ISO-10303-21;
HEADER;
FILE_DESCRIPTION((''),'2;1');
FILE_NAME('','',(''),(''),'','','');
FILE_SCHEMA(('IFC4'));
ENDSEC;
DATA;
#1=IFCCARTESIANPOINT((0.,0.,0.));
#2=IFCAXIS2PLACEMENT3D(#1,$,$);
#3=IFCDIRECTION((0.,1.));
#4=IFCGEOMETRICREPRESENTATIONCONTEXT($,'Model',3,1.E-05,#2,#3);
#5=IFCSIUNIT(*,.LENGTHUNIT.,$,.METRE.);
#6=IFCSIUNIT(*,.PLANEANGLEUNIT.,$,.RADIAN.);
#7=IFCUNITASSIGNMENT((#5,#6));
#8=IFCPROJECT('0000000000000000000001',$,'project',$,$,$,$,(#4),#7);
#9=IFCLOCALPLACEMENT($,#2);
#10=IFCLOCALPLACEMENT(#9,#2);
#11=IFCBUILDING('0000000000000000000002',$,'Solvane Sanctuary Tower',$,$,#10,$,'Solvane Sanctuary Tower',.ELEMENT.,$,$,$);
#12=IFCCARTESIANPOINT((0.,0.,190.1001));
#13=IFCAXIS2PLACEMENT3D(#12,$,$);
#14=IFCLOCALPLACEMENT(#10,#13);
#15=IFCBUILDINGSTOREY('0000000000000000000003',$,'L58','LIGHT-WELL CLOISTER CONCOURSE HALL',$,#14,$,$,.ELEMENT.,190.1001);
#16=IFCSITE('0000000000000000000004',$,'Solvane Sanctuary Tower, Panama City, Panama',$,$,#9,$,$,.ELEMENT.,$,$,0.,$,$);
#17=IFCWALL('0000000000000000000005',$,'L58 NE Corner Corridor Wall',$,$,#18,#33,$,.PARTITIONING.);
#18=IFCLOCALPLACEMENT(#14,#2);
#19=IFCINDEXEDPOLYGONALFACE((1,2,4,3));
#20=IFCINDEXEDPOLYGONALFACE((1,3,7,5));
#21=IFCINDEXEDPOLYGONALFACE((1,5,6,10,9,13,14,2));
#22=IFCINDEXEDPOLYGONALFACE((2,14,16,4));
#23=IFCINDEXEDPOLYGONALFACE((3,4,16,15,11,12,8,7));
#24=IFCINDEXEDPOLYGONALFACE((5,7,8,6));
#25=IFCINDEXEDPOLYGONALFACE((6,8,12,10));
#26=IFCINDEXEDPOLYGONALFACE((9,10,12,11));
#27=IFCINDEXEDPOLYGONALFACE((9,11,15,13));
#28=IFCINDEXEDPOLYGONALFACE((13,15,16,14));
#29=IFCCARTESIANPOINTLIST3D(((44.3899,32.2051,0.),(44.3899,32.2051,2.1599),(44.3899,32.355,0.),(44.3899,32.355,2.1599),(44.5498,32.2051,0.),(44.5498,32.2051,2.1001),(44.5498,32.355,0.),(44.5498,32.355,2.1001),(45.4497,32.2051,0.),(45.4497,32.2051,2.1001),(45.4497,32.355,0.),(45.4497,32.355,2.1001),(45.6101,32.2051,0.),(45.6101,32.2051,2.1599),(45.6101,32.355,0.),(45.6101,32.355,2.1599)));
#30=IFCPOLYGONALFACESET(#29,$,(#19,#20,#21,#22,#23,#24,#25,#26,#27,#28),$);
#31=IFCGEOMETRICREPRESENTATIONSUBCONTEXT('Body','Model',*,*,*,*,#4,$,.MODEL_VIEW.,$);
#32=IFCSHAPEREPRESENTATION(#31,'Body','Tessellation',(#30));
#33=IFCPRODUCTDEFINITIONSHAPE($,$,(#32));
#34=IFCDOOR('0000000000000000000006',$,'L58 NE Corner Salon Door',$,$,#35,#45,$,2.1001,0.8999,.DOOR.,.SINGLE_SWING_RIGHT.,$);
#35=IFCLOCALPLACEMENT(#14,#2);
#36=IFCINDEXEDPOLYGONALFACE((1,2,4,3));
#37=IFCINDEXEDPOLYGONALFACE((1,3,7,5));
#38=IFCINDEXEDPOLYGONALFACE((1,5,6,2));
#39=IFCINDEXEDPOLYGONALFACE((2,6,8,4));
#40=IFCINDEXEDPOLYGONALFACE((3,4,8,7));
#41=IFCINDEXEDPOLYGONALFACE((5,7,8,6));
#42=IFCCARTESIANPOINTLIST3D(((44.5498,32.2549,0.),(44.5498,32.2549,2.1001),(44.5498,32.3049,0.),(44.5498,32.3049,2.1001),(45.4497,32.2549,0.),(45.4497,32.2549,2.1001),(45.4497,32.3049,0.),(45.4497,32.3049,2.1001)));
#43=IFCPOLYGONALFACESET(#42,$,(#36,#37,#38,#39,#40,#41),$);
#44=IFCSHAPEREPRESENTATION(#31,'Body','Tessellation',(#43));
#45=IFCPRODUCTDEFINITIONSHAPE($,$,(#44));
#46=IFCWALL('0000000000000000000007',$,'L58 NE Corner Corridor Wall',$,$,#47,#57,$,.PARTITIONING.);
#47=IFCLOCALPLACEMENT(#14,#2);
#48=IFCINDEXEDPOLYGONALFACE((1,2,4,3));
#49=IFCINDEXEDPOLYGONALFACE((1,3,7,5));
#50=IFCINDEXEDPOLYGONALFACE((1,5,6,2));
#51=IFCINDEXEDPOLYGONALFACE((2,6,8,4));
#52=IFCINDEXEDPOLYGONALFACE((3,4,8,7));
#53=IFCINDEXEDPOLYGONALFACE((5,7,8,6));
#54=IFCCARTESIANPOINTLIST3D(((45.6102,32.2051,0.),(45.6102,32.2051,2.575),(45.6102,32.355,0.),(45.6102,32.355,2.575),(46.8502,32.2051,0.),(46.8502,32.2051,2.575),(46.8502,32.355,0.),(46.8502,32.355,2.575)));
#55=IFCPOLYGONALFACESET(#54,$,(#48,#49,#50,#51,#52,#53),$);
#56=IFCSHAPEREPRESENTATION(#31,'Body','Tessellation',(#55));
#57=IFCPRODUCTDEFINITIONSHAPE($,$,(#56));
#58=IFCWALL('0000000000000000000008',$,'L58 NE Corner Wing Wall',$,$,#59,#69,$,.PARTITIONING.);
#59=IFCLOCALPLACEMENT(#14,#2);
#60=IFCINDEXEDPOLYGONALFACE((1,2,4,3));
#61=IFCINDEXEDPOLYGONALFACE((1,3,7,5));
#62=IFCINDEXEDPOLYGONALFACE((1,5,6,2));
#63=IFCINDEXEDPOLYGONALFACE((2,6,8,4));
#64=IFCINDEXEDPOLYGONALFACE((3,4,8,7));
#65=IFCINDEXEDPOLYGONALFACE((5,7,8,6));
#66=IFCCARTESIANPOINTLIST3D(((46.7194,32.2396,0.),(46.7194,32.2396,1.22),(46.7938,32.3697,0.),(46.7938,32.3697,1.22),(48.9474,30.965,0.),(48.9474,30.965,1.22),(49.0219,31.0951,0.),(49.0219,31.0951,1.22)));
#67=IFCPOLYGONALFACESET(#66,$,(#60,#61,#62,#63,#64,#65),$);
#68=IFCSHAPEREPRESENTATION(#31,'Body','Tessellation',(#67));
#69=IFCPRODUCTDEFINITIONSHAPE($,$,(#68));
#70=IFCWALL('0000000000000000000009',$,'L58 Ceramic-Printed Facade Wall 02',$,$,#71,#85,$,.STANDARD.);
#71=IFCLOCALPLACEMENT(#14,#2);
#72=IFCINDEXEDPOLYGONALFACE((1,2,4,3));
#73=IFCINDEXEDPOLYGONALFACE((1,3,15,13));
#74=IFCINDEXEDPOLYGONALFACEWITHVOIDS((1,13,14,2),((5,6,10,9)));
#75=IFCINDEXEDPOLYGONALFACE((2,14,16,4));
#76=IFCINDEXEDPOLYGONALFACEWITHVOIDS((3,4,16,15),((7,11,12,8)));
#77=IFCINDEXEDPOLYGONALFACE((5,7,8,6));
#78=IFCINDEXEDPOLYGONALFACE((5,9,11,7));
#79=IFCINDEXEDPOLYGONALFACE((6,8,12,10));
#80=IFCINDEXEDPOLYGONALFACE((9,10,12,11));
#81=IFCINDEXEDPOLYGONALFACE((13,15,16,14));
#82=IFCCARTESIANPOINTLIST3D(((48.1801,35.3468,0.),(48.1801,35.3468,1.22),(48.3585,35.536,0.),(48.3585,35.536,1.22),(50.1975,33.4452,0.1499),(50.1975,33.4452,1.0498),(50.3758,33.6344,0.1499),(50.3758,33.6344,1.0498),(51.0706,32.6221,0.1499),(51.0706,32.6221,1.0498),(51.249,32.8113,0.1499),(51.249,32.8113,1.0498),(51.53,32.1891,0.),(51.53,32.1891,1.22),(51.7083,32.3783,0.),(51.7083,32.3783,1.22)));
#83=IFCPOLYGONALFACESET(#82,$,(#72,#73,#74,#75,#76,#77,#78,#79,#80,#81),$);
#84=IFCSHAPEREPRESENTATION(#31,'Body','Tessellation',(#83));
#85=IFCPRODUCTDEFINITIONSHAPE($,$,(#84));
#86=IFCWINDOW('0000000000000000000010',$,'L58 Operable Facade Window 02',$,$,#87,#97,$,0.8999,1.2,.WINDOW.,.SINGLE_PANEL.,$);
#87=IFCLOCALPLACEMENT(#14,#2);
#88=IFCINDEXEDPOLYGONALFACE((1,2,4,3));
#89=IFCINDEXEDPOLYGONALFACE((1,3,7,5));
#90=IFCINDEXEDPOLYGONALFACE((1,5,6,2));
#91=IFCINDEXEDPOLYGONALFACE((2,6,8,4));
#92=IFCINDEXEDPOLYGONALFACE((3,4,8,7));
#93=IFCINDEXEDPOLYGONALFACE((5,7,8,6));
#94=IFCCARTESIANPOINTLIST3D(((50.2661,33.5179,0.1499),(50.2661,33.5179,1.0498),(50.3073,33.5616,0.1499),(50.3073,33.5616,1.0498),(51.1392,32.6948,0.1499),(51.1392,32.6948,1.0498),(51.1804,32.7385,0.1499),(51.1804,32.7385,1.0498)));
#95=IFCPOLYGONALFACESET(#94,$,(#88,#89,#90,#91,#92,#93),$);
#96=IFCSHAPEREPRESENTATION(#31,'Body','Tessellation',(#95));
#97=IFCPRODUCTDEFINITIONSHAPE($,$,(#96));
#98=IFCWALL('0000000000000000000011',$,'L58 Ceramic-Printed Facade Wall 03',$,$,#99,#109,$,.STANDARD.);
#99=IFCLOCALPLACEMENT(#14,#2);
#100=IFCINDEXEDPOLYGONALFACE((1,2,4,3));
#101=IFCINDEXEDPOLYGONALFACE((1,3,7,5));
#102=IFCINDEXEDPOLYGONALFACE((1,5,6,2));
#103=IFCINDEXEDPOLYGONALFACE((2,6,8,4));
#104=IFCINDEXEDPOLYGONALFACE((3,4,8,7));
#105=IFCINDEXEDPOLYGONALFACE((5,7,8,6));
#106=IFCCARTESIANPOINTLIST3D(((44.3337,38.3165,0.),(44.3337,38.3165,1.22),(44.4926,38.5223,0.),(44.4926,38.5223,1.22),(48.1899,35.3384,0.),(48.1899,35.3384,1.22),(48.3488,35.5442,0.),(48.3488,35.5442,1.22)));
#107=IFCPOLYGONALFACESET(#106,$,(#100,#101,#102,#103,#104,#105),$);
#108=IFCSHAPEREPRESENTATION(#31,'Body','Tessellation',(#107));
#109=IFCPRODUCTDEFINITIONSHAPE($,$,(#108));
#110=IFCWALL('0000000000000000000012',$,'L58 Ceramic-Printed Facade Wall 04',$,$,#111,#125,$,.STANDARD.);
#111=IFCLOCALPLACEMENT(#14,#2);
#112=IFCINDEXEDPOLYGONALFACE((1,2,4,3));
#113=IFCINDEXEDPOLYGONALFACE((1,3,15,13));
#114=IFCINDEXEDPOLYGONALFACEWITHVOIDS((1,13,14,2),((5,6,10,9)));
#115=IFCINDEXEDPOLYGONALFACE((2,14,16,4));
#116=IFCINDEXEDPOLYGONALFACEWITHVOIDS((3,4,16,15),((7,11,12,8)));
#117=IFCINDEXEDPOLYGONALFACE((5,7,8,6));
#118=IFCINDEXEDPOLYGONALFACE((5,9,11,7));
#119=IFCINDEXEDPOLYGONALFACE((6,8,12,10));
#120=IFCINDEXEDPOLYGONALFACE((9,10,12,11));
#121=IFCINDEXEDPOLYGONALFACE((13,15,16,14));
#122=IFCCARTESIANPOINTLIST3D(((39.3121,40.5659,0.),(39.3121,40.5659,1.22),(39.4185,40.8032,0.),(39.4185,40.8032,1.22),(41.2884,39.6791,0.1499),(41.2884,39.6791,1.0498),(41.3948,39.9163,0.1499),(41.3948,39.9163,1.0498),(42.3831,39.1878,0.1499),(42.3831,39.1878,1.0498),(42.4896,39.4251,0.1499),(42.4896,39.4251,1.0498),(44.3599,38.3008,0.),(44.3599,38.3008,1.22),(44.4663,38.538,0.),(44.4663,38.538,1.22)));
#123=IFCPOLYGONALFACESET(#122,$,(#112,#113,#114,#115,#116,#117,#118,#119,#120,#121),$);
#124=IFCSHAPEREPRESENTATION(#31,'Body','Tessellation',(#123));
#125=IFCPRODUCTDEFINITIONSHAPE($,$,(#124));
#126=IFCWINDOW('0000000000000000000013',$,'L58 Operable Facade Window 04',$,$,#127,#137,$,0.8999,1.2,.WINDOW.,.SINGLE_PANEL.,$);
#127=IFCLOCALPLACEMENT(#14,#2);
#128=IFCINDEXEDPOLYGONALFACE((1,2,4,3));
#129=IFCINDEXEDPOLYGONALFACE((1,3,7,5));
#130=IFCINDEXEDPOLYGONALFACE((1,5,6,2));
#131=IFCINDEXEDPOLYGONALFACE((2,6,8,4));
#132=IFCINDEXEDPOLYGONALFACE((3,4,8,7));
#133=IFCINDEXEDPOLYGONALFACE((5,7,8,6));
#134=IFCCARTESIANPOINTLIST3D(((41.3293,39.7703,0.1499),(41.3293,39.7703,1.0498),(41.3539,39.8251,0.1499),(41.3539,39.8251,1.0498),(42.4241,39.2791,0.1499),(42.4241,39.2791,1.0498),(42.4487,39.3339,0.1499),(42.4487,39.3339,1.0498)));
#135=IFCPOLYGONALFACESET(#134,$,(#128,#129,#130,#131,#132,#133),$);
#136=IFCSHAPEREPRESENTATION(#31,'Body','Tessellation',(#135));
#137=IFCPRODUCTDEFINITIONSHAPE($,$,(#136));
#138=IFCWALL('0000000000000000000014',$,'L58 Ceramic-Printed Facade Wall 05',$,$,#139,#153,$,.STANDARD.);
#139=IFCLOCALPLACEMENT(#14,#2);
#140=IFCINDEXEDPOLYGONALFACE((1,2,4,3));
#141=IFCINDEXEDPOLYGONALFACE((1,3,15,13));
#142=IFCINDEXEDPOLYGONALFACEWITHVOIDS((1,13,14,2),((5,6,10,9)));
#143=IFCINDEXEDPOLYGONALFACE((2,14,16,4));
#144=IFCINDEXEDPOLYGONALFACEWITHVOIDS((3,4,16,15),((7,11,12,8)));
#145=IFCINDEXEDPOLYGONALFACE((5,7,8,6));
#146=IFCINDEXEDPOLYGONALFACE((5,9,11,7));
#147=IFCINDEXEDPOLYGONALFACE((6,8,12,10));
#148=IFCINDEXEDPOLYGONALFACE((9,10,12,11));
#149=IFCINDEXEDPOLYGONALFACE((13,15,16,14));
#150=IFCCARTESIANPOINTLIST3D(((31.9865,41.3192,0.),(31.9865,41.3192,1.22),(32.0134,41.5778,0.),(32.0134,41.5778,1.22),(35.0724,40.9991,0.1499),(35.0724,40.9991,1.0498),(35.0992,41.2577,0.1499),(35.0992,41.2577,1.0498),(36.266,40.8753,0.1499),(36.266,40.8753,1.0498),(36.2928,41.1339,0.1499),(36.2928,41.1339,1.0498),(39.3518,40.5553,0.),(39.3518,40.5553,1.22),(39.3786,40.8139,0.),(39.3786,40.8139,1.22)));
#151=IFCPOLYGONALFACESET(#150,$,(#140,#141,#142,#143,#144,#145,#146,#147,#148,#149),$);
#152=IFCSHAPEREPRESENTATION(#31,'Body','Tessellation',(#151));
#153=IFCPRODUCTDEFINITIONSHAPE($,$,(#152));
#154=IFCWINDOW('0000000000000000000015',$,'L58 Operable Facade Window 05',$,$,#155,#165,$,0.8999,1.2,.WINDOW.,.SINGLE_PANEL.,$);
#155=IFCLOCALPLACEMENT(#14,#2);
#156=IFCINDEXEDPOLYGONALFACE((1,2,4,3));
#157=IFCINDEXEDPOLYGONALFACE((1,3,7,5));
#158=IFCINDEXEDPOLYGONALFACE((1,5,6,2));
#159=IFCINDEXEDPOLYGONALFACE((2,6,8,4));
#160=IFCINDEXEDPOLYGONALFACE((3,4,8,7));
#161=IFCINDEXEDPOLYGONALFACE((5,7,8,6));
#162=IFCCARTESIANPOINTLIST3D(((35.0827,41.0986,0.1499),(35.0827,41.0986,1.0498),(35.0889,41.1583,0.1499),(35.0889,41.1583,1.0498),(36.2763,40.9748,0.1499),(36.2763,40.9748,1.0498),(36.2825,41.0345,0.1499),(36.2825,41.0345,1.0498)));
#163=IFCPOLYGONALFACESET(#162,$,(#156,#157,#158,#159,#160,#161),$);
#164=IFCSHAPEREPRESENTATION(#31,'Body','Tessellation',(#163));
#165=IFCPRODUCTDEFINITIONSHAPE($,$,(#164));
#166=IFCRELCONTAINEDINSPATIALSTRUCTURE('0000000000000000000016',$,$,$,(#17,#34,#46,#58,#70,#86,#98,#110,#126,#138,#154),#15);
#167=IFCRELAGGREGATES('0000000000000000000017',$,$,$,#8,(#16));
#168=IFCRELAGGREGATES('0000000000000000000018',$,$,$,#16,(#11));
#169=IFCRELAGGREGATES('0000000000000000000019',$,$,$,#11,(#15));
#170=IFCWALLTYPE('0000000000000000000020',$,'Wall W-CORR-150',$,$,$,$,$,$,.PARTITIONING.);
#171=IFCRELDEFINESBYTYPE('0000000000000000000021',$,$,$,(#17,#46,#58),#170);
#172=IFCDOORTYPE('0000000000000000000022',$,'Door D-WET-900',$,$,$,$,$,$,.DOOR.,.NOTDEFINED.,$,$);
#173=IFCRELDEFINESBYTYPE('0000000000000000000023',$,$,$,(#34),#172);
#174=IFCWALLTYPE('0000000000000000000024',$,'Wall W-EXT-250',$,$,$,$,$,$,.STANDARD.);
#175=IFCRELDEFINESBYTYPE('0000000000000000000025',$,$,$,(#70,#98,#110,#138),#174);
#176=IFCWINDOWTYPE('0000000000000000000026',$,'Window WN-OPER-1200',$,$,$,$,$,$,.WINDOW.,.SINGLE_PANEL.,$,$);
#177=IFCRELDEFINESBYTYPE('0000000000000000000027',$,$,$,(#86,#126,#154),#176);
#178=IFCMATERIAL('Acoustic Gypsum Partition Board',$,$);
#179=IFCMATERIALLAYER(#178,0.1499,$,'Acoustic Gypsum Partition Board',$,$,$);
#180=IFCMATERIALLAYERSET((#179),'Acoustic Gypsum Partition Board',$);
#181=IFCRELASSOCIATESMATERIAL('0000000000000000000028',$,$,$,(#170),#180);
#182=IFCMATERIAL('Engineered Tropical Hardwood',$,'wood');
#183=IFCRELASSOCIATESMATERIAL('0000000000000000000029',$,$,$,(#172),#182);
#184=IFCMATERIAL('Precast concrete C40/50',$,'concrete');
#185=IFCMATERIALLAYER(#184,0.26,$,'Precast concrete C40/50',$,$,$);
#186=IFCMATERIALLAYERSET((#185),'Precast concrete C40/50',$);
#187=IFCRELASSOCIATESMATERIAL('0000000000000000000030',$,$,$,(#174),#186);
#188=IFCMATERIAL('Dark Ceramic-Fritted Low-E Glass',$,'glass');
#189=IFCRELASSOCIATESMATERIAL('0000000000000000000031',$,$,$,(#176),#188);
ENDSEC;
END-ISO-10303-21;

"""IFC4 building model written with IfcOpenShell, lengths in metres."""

from ifc_helpers import new_model, si_unit, direction, frame, frame_2d, origin, place, context, subcontext, project, spatial, rectangle, extrude, material, layer, layer_set, type_object, element, fill, save


model = new_model("IFC4")

# Units and contexts
model_context = context("Model", 3, precision=1e-05, world=origin(), true_north=direction((0.0, 1.0)))
body_context = subcontext(model_context, "Body", "Model", "MODEL_VIEW")
ifc_project = project(units=[si_unit("LENGTHUNIT", "METRE"), si_unit("PLANEANGLEUNIT", "RADIAN")], contexts=[model_context])

# Site, building, storey
site_placement = place(None, origin())
site = spatial("IfcSite", under=ifc_project, at=site_placement, Name="Solvane Sanctuary Tower, Panama City, Panama", CompositionType="ELEMENT", RefElevation=0.0)
building_placement = place(site_placement, origin())
building = spatial("IfcBuilding", under=site, at=building_placement, Name="Solvane Sanctuary Tower", LongName="Solvane Sanctuary Tower", CompositionType="ELEMENT")
storey_placement = place(building_placement, frame((0.0, 0.0, 190.1001)))
storey = spatial("IfcBuildingStorey", under=building, at=storey_placement, Name="L58", Description="LIGHT-WELL CLOISTER CONCOURSE HALL", CompositionType="ELEMENT", Elevation=190.1001)

# Shared definitions
ifc_material_1 = material(Name="Acoustic Gypsum Partition Board")
ifc_layer_1 = layer(ifc_material_1, 0.1499, Name="Acoustic Gypsum Partition Board")
ifc_layer_set_1 = layer_set([ifc_layer_1], Name="Acoustic Gypsum Partition Board")
wall_type_1 = type_object("IfcWallType", Name="Wall W-CORR-150", PredefinedType="PARTITIONING", material=ifc_layer_set_1)

# Wall, opening, door
wall_1_placement = place(storey_placement, frame((44.3899, 32.28, 0.0), z_axis=(0.0, 0.0, 1.0), x_axis=(1.0, 0.0, 0.0)))
wall_1 = element("IfcWall", 1, at=wall_1_placement, inside=storey, type_object=wall_type_1, Name="L58 NE Corner Corridor Wall", PredefinedType="PARTITIONING", context=body_context, shape_type="SweptSolid", body=[
    extrude(rectangle(XDim=1.2202, YDim=0.1499, at=frame_2d((0.6101, 0.0))), origin(), (0.0, 0.0, 1.0), 2.1599),
])
opening_1_placement = place(wall_1_placement, frame((0.1599, 0.0, 0.0)))
opening_1 = element("IfcOpeningElement", 2, at=opening_1_placement, cuts=wall_1, PredefinedType="OPENING", context=body_context, shape_type="SweptSolid", body=[
    extrude(rectangle(XDim=0.8999, YDim=2.1001, at=frame_2d((0.45, 1.05))), frame((0.0, 0.085, 0.0), z_axis=(0.0, -1.0, 0.0), x_axis=(1.0, 0.0, 0.0)), (0.0, 0.0, 1.0), 0.1699),
])
ifc_material_2 = material(Name="Engineered Tropical Hardwood", Category="wood")
door_type_1 = type_object("IfcDoorType", Name="Door D-WET-900", OperationType="NOTDEFINED", PredefinedType="DOOR", material=ifc_material_2)
door_1_placement = place(opening_1_placement, origin())
door_1 = element("IfcDoor", 3, at=door_1_placement, inside=storey, type_object=door_type_1, Name="L58 NE Corner Salon Door", OperationType="SINGLE_SWING_RIGHT", OverallHeight=2.1001, OverallWidth=0.8999, PredefinedType="DOOR", context=body_context, shape_type="SweptSolid", body=[
    extrude(rectangle(XDim=0.8999, YDim=2.1001, at=frame_2d((0.45, 1.05))), frame((0.0, 0.0249, 0.0), z_axis=(0.0, -1.0, 0.0), x_axis=(1.0, 0.0, 0.0)), (0.0, 0.0, 1.0), 0.05),
])
fill(opening_1, door_1)

# Walls
wall_2_placement = place(storey_placement, frame((45.6101, 32.28, 0.0), z_axis=(0.0, 0.0, 1.0), x_axis=(1.0, 0.0, 0.0)))
element("IfcWall", 4, at=wall_2_placement, inside=storey, type_object=wall_type_1, Name="L58 NE Corner Corridor Wall", PredefinedType="PARTITIONING", context=body_context, shape_type="SweptSolid", body=[
    extrude(rectangle(XDim=1.24, YDim=0.1499, at=frame_2d((0.6201, 0.0))), origin(), (0.0, 0.0, 1.0), 2.575),
])
wall_3_placement = place(storey_placement, frame((46.7566, 32.3047, 0.0), z_axis=(0.0, 0.0, 1.0), x_axis=(0.867991, -0.496579, 0.0)))
element("IfcWall", 5, at=wall_3_placement, inside=storey, type_object=wall_type_1, Name="L58 NE Corner Wing Wall", PredefinedType="PARTITIONING", context=body_context, shape_type="SweptSolid", body=[
    extrude(rectangle(XDim=2.5669, YDim=0.1499, at=frame_2d((1.2834, 0.0))), origin(), (0.0, 0.0, 1.0), 1.22),
])

# Wall, opening, window
ifc_material_3 = material(Name="Precast concrete C40/50", Category="concrete")
ifc_layer_2 = layer(ifc_material_3, 0.26, Name="Precast concrete C40/50")
ifc_layer_set_2 = layer_set([ifc_layer_2], Name="Precast concrete C40/50")
wall_type_2 = type_object("IfcWallType", Name="Wall W-EXT-250", PredefinedType="STANDARD", material=ifc_layer_set_2)
wall_4_placement = place(storey_placement, frame((51.6191, 32.2837, 0.0), z_axis=(0.0, 0.0, 1.0), x_axis=(-0.727667, 0.68593, 0.0)))
wall_4 = element("IfcWall", 6, at=wall_4_placement, inside=storey, type_object=wall_type_2, Name="L58 Ceramic-Printed Facade Wall 02", PredefinedType="STANDARD", context=body_context, shape_type="SweptSolid", body=[
    extrude(rectangle(XDim=4.6035, YDim=0.26, at=frame_2d((2.3018, 0.0))), origin(), (0.0, 0.0, 1.0), 1.22),
])
opening_2_placement = place(wall_4_placement, frame((0.6311, 0.0, 0.1499)))
opening_2 = element("IfcOpeningElement", 7, at=opening_2_placement, cuts=wall_4, PredefinedType="OPENING", context=body_context, shape_type="SweptSolid", body=[
    extrude(rectangle(XDim=1.2, YDim=0.8999, at=frame_2d((0.6001, 0.45))), frame((0.0, 0.1399, 0.0), z_axis=(0.0, -1.0, 0.0), x_axis=(1.0, 0.0, 0.0)), (0.0, 0.0, 1.0), 0.28),
])
ifc_material_4 = material(Name="Dark Ceramic-Fritted Low-E Glass", Category="glass")
window_type = type_object("IfcWindowType", Name="Window WN-OPER-1200", PartitioningType="SINGLE_PANEL", PredefinedType="WINDOW", material=ifc_material_4)
window_1_placement = place(opening_2_placement, origin())
window_1 = element("IfcWindow", 8, at=window_1_placement, inside=storey, type_object=window_type, Name="L58 Operable Facade Window 02", OverallHeight=0.8999, OverallWidth=1.2, PartitioningType="SINGLE_PANEL", PredefinedType="WINDOW", context=body_context, shape_type="SweptSolid", body=[
    extrude(rectangle(XDim=1.2, YDim=0.8999, at=frame_2d((0.6001, 0.45))), frame((0.0, 0.03, 0.0), z_axis=(0.0, -1.0, 0.0), x_axis=(1.0, 0.0, 0.0)), (0.0, 0.0, 1.0), 0.0601),
])
fill(opening_2, window_1)

# Wall
wall_5_placement = place(storey_placement, frame((48.2693, 35.4414, 0.0), z_axis=(0.0, 0.0, 1.0), x_axis=(-0.79146, 0.611221, 0.0)))
element("IfcWall", 9, at=wall_5_placement, inside=storey, type_object=wall_type_2, Name="L58 Ceramic-Printed Facade Wall 03", PredefinedType="STANDARD", context=body_context, shape_type="SweptSolid", body=[
    extrude(rectangle(XDim=4.8723, YDim=0.26, at=frame_2d((2.436, 0.0))), origin(), (0.0, 0.0, 1.0), 1.22),
])

# Walls, openings, windows
wall_6_placement = place(storey_placement, frame((44.4131, 38.4194, 0.0), z_axis=(0.0, 0.0, 1.0), x_axis=(-0.912354, 0.409403, 0.0)))
wall_6 = element("IfcWall", 10, at=wall_6_placement, inside=storey, type_object=wall_type_2, Name="L58 Ceramic-Printed Facade Wall 04", PredefinedType="STANDARD", context=body_context, shape_type="SweptSolid", body=[
    extrude(rectangle(XDim=5.5327, YDim=0.26, at=frame_2d((2.7664, 0.0))), origin(), (0.0, 0.0, 1.0), 1.22),
])
opening_3_placement = place(wall_6_placement, frame((2.1665, 0.0, 0.1499)))
opening_3 = element("IfcOpeningElement", 11, at=opening_3_placement, cuts=wall_6, PredefinedType="OPENING", context=body_context, shape_type="SweptSolid", body=[
    extrude(rectangle(XDim=1.2, YDim=0.8999, at=frame_2d((0.6001, 0.45))), frame((0.0, 0.1399, 0.0), z_axis=(0.0, -1.0, 0.0), x_axis=(1.0, 0.0, 0.0)), (0.0, 0.0, 1.0), 0.28),
])
window_2_placement = place(opening_3_placement, origin())
window_2 = element("IfcWindow", 12, at=window_2_placement, inside=storey, type_object=window_type, Name="L58 Operable Facade Window 04", OverallHeight=0.8999, OverallWidth=1.2, PartitioningType="SINGLE_PANEL", PredefinedType="WINDOW", context=body_context, shape_type="SweptSolid", body=[
    extrude(rectangle(XDim=1.2, YDim=0.8999, at=frame_2d((0.6001, 0.45))), frame((0.0, 0.03, 0.0), z_axis=(0.0, -1.0, 0.0), x_axis=(1.0, 0.0, 0.0)), (0.0, 0.0, 1.0), 0.0601),
])
fill(opening_3, window_2)
wall_7_placement = place(storey_placement, frame((39.3652, 40.6846, 0.0), z_axis=(0.0, 0.0, 1.0), x_axis=(-0.994664, 0.103166, 0.0)))
wall_7 = element("IfcWall", 13, at=wall_7_placement, inside=storey, type_object=wall_type_2, Name="L58 Ceramic-Printed Facade Wall 05", PredefinedType="STANDARD", context=body_context, shape_type="SweptSolid", body=[
    extrude(rectangle(XDim=7.4048, YDim=0.26, at=frame_2d((3.7024, 0.0))), origin(), (0.0, 0.0, 1.0), 1.22),
])
opening_4_placement = place(wall_7_placement, frame((3.1023, 0.0, 0.1499)))
opening_4 = element("IfcOpeningElement", 14, at=opening_4_placement, cuts=wall_7, PredefinedType="OPENING", context=body_context, shape_type="SweptSolid", body=[
    extrude(rectangle(XDim=1.2, YDim=0.8999, at=frame_2d((0.6001, 0.45))), frame((0.0, 0.1399, 0.0), z_axis=(0.0, -1.0, 0.0), x_axis=(1.0, 0.0, 0.0)), (0.0, 0.0, 1.0), 0.28),
])
window_3_placement = place(opening_4_placement, origin())
window_3 = element("IfcWindow", 15, at=window_3_placement, inside=storey, type_object=window_type, Name="L58 Operable Facade Window 05", OverallHeight=0.8999, OverallWidth=1.2, PartitioningType="SINGLE_PANEL", PredefinedType="WINDOW", context=body_context, shape_type="SweptSolid", body=[
    extrude(rectangle(XDim=1.2, YDim=0.8999, at=frame_2d((0.6001, 0.45))), frame((0.0, 0.03, 0.0), z_axis=(0.0, -1.0, 0.0), x_axis=(1.0, 0.0, 0.0)), (0.0, 0.0, 1.0), 0.0601),
])
fill(opening_4, window_3)

save(model, "model.ifc")
